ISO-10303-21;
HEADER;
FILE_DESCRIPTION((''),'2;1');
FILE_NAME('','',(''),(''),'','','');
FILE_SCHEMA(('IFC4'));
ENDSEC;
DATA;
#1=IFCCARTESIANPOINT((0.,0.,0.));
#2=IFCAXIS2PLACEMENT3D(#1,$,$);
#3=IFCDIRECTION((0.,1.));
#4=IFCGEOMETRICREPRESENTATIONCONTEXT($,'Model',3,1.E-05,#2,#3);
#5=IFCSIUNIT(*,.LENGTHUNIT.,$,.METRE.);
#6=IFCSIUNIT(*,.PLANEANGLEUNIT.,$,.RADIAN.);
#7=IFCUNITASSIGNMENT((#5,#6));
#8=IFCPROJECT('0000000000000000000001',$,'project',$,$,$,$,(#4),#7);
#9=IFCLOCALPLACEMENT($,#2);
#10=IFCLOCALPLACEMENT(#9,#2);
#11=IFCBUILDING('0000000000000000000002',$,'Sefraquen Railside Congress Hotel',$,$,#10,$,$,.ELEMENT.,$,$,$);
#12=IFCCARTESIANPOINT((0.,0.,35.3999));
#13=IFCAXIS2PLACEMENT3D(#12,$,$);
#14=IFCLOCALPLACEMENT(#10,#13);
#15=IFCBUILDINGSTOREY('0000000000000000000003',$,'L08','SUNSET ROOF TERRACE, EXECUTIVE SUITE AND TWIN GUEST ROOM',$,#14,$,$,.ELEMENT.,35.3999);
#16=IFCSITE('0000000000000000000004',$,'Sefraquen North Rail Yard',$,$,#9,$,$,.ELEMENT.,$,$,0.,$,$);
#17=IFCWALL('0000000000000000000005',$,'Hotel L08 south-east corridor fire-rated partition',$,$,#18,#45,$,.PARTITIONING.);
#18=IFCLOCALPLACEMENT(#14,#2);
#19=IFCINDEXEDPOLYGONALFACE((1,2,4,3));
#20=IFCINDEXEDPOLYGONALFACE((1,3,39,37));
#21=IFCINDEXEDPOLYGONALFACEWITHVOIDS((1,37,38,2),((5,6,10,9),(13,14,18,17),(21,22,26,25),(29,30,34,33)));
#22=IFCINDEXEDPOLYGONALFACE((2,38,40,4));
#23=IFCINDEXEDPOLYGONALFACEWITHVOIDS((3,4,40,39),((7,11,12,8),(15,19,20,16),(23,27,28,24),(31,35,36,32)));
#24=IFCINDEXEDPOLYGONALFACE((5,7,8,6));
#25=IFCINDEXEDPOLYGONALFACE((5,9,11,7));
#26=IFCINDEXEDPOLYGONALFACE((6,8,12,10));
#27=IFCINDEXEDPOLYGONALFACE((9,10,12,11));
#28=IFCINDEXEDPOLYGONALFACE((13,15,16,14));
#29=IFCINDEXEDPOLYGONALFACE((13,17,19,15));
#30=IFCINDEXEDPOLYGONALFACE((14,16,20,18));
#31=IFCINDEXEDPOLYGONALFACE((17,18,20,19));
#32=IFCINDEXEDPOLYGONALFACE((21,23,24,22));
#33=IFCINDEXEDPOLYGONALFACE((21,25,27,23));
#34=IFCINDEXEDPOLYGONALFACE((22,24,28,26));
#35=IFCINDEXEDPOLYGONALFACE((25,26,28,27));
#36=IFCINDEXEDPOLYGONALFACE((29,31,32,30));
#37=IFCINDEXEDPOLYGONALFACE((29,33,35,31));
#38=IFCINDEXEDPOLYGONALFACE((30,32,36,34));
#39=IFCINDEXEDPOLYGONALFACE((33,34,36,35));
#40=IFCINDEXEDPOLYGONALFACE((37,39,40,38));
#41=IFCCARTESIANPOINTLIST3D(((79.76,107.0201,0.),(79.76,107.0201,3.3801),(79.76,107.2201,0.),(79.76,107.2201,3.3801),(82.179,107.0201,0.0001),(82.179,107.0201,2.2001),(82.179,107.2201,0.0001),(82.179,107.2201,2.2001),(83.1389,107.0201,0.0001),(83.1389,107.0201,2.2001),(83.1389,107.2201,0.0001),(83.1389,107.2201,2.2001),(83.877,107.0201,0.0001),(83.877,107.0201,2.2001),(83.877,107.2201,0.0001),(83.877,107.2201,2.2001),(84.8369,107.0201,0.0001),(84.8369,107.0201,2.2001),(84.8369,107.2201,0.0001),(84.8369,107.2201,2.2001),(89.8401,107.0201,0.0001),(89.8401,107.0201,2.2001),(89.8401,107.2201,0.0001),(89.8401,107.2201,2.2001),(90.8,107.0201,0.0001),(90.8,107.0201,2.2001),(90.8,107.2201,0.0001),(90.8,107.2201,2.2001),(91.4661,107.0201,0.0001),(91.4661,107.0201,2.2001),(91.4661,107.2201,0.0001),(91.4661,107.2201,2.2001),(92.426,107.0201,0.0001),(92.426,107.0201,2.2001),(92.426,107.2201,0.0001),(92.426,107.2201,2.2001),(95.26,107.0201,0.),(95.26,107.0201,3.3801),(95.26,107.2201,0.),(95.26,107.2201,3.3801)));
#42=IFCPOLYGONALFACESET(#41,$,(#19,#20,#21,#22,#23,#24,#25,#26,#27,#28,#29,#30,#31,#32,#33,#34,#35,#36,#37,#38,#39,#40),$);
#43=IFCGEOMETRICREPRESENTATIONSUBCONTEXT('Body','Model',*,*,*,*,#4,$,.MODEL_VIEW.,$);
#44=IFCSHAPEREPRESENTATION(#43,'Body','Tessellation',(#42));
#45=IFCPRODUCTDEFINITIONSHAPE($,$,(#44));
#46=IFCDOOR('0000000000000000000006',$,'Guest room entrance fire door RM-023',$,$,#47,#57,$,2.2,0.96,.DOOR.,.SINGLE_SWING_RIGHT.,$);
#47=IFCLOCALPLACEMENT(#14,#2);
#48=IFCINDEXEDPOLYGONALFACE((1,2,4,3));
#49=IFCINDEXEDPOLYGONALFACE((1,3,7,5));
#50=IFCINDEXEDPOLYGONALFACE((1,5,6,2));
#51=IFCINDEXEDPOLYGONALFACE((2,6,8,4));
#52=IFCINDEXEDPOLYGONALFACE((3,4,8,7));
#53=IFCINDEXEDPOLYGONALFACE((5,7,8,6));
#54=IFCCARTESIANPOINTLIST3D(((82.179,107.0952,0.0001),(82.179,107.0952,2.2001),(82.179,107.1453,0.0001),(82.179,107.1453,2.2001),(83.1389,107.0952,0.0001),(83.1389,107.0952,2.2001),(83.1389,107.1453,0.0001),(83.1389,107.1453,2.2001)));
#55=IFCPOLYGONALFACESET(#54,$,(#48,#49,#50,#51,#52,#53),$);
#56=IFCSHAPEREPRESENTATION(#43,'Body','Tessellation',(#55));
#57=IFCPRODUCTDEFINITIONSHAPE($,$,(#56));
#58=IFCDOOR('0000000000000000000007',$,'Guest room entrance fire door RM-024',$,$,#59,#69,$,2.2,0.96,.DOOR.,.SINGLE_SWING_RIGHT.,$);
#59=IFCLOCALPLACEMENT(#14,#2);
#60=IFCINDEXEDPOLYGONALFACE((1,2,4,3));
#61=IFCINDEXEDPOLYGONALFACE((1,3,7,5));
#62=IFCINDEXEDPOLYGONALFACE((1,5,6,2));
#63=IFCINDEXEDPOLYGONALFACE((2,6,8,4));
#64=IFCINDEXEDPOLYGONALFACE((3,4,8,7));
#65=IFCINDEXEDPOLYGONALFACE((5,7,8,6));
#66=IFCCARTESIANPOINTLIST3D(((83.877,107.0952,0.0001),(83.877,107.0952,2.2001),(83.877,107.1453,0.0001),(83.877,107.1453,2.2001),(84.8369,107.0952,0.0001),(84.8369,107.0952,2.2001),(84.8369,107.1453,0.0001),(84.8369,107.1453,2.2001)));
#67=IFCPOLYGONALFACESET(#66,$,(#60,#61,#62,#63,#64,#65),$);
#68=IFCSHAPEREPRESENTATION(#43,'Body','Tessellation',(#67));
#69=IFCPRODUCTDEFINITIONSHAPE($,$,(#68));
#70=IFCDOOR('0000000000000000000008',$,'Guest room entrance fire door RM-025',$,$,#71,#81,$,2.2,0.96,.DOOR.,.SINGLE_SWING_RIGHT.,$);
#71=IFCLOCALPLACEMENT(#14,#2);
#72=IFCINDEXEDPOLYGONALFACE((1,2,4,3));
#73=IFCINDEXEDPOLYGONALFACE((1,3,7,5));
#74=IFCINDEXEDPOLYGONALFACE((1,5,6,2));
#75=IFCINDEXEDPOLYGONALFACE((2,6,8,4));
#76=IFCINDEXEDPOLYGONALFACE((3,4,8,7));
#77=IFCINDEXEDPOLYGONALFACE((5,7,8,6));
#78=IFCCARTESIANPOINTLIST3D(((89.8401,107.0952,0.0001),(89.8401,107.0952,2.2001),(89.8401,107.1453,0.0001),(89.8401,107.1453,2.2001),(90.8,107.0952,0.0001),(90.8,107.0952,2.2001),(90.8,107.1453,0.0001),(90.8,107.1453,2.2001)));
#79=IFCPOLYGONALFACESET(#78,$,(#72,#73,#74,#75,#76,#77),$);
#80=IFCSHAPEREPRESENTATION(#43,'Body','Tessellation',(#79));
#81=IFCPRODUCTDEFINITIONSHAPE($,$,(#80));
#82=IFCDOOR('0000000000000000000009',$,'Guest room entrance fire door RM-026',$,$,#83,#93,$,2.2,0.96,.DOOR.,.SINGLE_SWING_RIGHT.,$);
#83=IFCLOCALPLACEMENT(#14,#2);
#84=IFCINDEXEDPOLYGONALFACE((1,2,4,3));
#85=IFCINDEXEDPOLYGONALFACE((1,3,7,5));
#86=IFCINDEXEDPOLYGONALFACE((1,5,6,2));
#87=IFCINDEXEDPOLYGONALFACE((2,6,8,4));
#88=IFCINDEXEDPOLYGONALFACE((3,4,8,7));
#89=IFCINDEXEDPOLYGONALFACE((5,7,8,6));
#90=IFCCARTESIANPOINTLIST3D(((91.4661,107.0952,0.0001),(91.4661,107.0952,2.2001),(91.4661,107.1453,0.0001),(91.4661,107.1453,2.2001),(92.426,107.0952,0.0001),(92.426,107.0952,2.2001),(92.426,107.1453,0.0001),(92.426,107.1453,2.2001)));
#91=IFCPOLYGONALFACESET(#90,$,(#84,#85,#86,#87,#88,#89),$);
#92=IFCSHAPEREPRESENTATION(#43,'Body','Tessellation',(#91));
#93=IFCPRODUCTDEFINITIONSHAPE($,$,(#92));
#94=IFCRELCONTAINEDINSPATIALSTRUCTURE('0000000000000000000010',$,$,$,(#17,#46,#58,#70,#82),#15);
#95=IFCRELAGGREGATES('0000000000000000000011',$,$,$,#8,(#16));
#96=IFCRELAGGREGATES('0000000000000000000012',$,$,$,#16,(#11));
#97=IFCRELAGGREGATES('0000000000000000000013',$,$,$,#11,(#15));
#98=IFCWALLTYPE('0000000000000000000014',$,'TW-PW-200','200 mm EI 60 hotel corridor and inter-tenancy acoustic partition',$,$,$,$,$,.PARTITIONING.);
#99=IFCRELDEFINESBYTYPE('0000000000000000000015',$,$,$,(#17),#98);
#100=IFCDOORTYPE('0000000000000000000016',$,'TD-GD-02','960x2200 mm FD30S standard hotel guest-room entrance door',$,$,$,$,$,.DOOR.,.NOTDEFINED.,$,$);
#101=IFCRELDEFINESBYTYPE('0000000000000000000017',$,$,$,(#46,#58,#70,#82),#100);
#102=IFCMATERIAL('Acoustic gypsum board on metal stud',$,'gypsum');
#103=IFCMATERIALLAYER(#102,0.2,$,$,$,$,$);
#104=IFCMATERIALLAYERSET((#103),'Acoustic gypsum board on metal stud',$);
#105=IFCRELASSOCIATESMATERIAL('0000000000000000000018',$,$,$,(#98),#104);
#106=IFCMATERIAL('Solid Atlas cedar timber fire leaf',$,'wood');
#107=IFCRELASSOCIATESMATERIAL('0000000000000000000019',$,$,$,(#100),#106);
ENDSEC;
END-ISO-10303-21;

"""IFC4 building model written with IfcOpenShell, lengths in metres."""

from ifc_helpers import new_model, si_unit, direction, frame, frame_2d, origin, place, context, subcontext, project, spatial, rectangle, extrude, material, layer, layer_set, type_object, element, fill, save


model = new_model("IFC4")

# Units and contexts
model_context = context("Model", 3, precision=1e-05, world=origin(), true_north=direction((0.0, 1.0)))
body_context = subcontext(model_context, "Body", "Model", "MODEL_VIEW")
ifc_project = project(units=[si_unit("LENGTHUNIT", "METRE"), si_unit("PLANEANGLEUNIT", "RADIAN")], contexts=[model_context])

# Site, building, storey
site_placement = place(None, origin())
site = spatial("IfcSite", under=ifc_project, at=site_placement, Name="Sefraquen North Rail Yard", CompositionType="ELEMENT", RefElevation=0.0)
building_placement = place(site_placement, origin())
building = spatial("IfcBuilding", under=site, at=building_placement, Name="Sefraquen Railside Congress Hotel", CompositionType="ELEMENT")
storey_placement = place(building_placement, frame((0.0, 0.0, 35.3999)))
storey = spatial("IfcBuildingStorey", under=building, at=storey_placement, Name="L08", Description="SUNSET ROOF TERRACE, EXECUTIVE SUITE AND TWIN GUEST ROOM", CompositionType="ELEMENT", Elevation=35.3999)

# Shared definitions
ifc_material_1 = material(Name="Acoustic gypsum board on metal stud", Category="gypsum")

# Wall, openings, doors
ifc_layer_1 = layer(ifc_material_1, 0.2)
ifc_layer_set_1 = layer_set([ifc_layer_1], Name="Acoustic gypsum board on metal stud")
wall_type_1 = type_object("IfcWallType", Name="TW-PW-200", Description="200 mm EI 60 hotel corridor and inter-tenancy acoustic partition", PredefinedType="PARTITIONING", material=ifc_layer_set_1)
wall_1_placement = place(storey_placement, frame((79.76, 107.1201, 0.0), z_axis=(0.0, 0.0, 1.0), x_axis=(1.0, 0.0, 0.0)))
wall_1 = element("IfcWall", 1, at=wall_1_placement, inside=storey, type_object=wall_type_1, Name="Hotel L08 south-east corridor fire-rated partition", PredefinedType="PARTITIONING", context=body_context, shape_type="SweptSolid", body=[
    extrude(rectangle(XDim=15.5, YDim=0.2, at=frame_2d((7.75, 0.0))), origin(), (0.0, 0.0, 1.0), 3.3801),
])
opening_1_placement = place(wall_1_placement, frame((2.4189, 0.0, 0.0)))
opening_1 = element("IfcOpeningElement", 2, at=opening_1_placement, cuts=wall_1, PredefinedType="OPENING", context=body_context, shape_type="SweptSolid", body=[
    extrude(rectangle(XDim=0.96, YDim=2.2, at=frame_2d((0.48, 1.1001))), frame((0.0, 0.1099, 0.0), z_axis=(0.0, -1.0, 0.0), x_axis=(1.0, 0.0, 0.0)), (0.0, 0.0, 1.0), 0.22),
])
opening_2_placement = place(wall_1_placement, frame((4.1169, 0.0, 0.0)))
opening_2 = element("IfcOpeningElement", 3, at=opening_2_placement, cuts=wall_1, PredefinedType="OPENING", context=body_context, shape_type="SweptSolid", body=[
    extrude(rectangle(XDim=0.96, YDim=2.2, at=frame_2d((0.48, 1.1001))), frame((0.0, 0.1099, 0.0), z_axis=(0.0, -1.0, 0.0), x_axis=(1.0, 0.0, 0.0)), (0.0, 0.0, 1.0), 0.22),
])
opening_3_placement = place(wall_1_placement, frame((10.0801, 0.0, 0.0)))
opening_3 = element("IfcOpeningElement", 4, at=opening_3_placement, cuts=wall_1, PredefinedType="OPENING", context=body_context, shape_type="SweptSolid", body=[
    extrude(rectangle(XDim=0.96, YDim=2.2, at=frame_2d((0.48, 1.1001))), frame((0.0, 0.1099, 0.0), z_axis=(0.0, -1.0, 0.0), x_axis=(1.0, 0.0, 0.0)), (0.0, 0.0, 1.0), 0.22),
])
opening_4_placement = place(wall_1_placement, frame((11.7061, 0.0, 0.0)))
opening_4 = element("IfcOpeningElement", 5, at=opening_4_placement, cuts=wall_1, PredefinedType="OPENING", context=body_context, shape_type="SweptSolid", body=[
    extrude(rectangle(XDim=0.96, YDim=2.2, at=frame_2d((0.48, 1.1001))), frame((0.0, 0.1099, 0.0), z_axis=(0.0, -1.0, 0.0), x_axis=(1.0, 0.0, 0.0)), (0.0, 0.0, 1.0), 0.22),
])
ifc_material_2 = material(Name="Solid Atlas cedar timber fire leaf", Category="wood")
door_type_1 = type_object("IfcDoorType", Name="TD-GD-02", Description="960x2200 mm FD30S standard hotel guest-room entrance door", OperationType="NOTDEFINED", PredefinedType="DOOR", material=ifc_material_2)
door_1_placement = place(opening_1_placement, frame((0.96, 0.0, 0.0), z_axis=(0.0, 0.0, 1.0), x_axis=(-1.0, 0.0, 0.0)))
door_1 = element("IfcDoor", 6, at=door_1_placement, inside=storey, type_object=door_type_1, Name="Guest room entrance fire door RM-023", OperationType="SINGLE_SWING_RIGHT", OverallHeight=2.2, OverallWidth=0.96, PredefinedType="DOOR", context=body_context, shape_type="SweptSolid", body=[
    extrude(rectangle(XDim=0.96, YDim=2.2, at=frame_2d((0.48, 1.1001))), frame((0.0, 0.0249, 0.0), z_axis=(0.0, -1.0, 0.0), x_axis=(1.0, 0.0, 0.0)), (0.0, 0.0, 1.0), 0.05),
])
fill(opening_1, door_1)
door_2_placement = place(opening_2_placement, frame((0.96, 0.0, 0.0), z_axis=(0.0, 0.0, 1.0), x_axis=(-1.0, 0.0, 0.0)))
door_2 = element("IfcDoor", 7, at=door_2_placement, inside=storey, type_object=door_type_1, Name="Guest room entrance fire door RM-024", OperationType="SINGLE_SWING_RIGHT", OverallHeight=2.2, OverallWidth=0.96, PredefinedType="DOOR", context=body_context, shape_type="SweptSolid", body=[
    extrude(rectangle(XDim=0.96, YDim=2.2, at=frame_2d((0.48, 1.1001))), frame((0.0, 0.0249, 0.0), z_axis=(0.0, -1.0, 0.0), x_axis=(1.0, 0.0, 0.0)), (0.0, 0.0, 1.0), 0.05),
])
fill(opening_2, door_2)
door_3_placement = place(opening_3_placement, frame((0.96, 0.0, 0.0), z_axis=(0.0, 0.0, 1.0), x_axis=(-1.0, 0.0, 0.0)))
door_3 = element("IfcDoor", 8, at=door_3_placement, inside=storey, type_object=door_type_1, Name="Guest room entrance fire door RM-025", OperationType="SINGLE_SWING_RIGHT", OverallHeight=2.2, OverallWidth=0.96, PredefinedType="DOOR", context=body_context, shape_type="SweptSolid", body=[
    extrude(rectangle(XDim=0.96, YDim=2.2, at=frame_2d((0.48, 1.1001))), frame((0.0, 0.0249, 0.0), z_axis=(0.0, -1.0, 0.0), x_axis=(1.0, 0.0, 0.0)), (0.0, 0.0, 1.0), 0.05),
])
fill(opening_3, door_3)
door_4_placement = place(opening_4_placement, frame((0.96, 0.0, 0.0), z_axis=(0.0, 0.0, 1.0), x_axis=(-1.0, 0.0, 0.0)))
door_4 = element("IfcDoor", 9, at=door_4_placement, inside=storey, type_object=door_type_1, Name="Guest room entrance fire door RM-026", OperationType="SINGLE_SWING_RIGHT", OverallHeight=2.2, OverallWidth=0.96, PredefinedType="DOOR", context=body_context, shape_type="SweptSolid", body=[
    extrude(rectangle(XDim=0.96, YDim=2.2, at=frame_2d((0.48, 1.1001))), frame((0.0, 0.0249, 0.0), z_axis=(0.0, -1.0, 0.0), x_axis=(1.0, 0.0, 0.0)), (0.0, 0.0, 1.0), 0.05),
])
fill(opening_4, door_4)

save(model, "model.ifc")
